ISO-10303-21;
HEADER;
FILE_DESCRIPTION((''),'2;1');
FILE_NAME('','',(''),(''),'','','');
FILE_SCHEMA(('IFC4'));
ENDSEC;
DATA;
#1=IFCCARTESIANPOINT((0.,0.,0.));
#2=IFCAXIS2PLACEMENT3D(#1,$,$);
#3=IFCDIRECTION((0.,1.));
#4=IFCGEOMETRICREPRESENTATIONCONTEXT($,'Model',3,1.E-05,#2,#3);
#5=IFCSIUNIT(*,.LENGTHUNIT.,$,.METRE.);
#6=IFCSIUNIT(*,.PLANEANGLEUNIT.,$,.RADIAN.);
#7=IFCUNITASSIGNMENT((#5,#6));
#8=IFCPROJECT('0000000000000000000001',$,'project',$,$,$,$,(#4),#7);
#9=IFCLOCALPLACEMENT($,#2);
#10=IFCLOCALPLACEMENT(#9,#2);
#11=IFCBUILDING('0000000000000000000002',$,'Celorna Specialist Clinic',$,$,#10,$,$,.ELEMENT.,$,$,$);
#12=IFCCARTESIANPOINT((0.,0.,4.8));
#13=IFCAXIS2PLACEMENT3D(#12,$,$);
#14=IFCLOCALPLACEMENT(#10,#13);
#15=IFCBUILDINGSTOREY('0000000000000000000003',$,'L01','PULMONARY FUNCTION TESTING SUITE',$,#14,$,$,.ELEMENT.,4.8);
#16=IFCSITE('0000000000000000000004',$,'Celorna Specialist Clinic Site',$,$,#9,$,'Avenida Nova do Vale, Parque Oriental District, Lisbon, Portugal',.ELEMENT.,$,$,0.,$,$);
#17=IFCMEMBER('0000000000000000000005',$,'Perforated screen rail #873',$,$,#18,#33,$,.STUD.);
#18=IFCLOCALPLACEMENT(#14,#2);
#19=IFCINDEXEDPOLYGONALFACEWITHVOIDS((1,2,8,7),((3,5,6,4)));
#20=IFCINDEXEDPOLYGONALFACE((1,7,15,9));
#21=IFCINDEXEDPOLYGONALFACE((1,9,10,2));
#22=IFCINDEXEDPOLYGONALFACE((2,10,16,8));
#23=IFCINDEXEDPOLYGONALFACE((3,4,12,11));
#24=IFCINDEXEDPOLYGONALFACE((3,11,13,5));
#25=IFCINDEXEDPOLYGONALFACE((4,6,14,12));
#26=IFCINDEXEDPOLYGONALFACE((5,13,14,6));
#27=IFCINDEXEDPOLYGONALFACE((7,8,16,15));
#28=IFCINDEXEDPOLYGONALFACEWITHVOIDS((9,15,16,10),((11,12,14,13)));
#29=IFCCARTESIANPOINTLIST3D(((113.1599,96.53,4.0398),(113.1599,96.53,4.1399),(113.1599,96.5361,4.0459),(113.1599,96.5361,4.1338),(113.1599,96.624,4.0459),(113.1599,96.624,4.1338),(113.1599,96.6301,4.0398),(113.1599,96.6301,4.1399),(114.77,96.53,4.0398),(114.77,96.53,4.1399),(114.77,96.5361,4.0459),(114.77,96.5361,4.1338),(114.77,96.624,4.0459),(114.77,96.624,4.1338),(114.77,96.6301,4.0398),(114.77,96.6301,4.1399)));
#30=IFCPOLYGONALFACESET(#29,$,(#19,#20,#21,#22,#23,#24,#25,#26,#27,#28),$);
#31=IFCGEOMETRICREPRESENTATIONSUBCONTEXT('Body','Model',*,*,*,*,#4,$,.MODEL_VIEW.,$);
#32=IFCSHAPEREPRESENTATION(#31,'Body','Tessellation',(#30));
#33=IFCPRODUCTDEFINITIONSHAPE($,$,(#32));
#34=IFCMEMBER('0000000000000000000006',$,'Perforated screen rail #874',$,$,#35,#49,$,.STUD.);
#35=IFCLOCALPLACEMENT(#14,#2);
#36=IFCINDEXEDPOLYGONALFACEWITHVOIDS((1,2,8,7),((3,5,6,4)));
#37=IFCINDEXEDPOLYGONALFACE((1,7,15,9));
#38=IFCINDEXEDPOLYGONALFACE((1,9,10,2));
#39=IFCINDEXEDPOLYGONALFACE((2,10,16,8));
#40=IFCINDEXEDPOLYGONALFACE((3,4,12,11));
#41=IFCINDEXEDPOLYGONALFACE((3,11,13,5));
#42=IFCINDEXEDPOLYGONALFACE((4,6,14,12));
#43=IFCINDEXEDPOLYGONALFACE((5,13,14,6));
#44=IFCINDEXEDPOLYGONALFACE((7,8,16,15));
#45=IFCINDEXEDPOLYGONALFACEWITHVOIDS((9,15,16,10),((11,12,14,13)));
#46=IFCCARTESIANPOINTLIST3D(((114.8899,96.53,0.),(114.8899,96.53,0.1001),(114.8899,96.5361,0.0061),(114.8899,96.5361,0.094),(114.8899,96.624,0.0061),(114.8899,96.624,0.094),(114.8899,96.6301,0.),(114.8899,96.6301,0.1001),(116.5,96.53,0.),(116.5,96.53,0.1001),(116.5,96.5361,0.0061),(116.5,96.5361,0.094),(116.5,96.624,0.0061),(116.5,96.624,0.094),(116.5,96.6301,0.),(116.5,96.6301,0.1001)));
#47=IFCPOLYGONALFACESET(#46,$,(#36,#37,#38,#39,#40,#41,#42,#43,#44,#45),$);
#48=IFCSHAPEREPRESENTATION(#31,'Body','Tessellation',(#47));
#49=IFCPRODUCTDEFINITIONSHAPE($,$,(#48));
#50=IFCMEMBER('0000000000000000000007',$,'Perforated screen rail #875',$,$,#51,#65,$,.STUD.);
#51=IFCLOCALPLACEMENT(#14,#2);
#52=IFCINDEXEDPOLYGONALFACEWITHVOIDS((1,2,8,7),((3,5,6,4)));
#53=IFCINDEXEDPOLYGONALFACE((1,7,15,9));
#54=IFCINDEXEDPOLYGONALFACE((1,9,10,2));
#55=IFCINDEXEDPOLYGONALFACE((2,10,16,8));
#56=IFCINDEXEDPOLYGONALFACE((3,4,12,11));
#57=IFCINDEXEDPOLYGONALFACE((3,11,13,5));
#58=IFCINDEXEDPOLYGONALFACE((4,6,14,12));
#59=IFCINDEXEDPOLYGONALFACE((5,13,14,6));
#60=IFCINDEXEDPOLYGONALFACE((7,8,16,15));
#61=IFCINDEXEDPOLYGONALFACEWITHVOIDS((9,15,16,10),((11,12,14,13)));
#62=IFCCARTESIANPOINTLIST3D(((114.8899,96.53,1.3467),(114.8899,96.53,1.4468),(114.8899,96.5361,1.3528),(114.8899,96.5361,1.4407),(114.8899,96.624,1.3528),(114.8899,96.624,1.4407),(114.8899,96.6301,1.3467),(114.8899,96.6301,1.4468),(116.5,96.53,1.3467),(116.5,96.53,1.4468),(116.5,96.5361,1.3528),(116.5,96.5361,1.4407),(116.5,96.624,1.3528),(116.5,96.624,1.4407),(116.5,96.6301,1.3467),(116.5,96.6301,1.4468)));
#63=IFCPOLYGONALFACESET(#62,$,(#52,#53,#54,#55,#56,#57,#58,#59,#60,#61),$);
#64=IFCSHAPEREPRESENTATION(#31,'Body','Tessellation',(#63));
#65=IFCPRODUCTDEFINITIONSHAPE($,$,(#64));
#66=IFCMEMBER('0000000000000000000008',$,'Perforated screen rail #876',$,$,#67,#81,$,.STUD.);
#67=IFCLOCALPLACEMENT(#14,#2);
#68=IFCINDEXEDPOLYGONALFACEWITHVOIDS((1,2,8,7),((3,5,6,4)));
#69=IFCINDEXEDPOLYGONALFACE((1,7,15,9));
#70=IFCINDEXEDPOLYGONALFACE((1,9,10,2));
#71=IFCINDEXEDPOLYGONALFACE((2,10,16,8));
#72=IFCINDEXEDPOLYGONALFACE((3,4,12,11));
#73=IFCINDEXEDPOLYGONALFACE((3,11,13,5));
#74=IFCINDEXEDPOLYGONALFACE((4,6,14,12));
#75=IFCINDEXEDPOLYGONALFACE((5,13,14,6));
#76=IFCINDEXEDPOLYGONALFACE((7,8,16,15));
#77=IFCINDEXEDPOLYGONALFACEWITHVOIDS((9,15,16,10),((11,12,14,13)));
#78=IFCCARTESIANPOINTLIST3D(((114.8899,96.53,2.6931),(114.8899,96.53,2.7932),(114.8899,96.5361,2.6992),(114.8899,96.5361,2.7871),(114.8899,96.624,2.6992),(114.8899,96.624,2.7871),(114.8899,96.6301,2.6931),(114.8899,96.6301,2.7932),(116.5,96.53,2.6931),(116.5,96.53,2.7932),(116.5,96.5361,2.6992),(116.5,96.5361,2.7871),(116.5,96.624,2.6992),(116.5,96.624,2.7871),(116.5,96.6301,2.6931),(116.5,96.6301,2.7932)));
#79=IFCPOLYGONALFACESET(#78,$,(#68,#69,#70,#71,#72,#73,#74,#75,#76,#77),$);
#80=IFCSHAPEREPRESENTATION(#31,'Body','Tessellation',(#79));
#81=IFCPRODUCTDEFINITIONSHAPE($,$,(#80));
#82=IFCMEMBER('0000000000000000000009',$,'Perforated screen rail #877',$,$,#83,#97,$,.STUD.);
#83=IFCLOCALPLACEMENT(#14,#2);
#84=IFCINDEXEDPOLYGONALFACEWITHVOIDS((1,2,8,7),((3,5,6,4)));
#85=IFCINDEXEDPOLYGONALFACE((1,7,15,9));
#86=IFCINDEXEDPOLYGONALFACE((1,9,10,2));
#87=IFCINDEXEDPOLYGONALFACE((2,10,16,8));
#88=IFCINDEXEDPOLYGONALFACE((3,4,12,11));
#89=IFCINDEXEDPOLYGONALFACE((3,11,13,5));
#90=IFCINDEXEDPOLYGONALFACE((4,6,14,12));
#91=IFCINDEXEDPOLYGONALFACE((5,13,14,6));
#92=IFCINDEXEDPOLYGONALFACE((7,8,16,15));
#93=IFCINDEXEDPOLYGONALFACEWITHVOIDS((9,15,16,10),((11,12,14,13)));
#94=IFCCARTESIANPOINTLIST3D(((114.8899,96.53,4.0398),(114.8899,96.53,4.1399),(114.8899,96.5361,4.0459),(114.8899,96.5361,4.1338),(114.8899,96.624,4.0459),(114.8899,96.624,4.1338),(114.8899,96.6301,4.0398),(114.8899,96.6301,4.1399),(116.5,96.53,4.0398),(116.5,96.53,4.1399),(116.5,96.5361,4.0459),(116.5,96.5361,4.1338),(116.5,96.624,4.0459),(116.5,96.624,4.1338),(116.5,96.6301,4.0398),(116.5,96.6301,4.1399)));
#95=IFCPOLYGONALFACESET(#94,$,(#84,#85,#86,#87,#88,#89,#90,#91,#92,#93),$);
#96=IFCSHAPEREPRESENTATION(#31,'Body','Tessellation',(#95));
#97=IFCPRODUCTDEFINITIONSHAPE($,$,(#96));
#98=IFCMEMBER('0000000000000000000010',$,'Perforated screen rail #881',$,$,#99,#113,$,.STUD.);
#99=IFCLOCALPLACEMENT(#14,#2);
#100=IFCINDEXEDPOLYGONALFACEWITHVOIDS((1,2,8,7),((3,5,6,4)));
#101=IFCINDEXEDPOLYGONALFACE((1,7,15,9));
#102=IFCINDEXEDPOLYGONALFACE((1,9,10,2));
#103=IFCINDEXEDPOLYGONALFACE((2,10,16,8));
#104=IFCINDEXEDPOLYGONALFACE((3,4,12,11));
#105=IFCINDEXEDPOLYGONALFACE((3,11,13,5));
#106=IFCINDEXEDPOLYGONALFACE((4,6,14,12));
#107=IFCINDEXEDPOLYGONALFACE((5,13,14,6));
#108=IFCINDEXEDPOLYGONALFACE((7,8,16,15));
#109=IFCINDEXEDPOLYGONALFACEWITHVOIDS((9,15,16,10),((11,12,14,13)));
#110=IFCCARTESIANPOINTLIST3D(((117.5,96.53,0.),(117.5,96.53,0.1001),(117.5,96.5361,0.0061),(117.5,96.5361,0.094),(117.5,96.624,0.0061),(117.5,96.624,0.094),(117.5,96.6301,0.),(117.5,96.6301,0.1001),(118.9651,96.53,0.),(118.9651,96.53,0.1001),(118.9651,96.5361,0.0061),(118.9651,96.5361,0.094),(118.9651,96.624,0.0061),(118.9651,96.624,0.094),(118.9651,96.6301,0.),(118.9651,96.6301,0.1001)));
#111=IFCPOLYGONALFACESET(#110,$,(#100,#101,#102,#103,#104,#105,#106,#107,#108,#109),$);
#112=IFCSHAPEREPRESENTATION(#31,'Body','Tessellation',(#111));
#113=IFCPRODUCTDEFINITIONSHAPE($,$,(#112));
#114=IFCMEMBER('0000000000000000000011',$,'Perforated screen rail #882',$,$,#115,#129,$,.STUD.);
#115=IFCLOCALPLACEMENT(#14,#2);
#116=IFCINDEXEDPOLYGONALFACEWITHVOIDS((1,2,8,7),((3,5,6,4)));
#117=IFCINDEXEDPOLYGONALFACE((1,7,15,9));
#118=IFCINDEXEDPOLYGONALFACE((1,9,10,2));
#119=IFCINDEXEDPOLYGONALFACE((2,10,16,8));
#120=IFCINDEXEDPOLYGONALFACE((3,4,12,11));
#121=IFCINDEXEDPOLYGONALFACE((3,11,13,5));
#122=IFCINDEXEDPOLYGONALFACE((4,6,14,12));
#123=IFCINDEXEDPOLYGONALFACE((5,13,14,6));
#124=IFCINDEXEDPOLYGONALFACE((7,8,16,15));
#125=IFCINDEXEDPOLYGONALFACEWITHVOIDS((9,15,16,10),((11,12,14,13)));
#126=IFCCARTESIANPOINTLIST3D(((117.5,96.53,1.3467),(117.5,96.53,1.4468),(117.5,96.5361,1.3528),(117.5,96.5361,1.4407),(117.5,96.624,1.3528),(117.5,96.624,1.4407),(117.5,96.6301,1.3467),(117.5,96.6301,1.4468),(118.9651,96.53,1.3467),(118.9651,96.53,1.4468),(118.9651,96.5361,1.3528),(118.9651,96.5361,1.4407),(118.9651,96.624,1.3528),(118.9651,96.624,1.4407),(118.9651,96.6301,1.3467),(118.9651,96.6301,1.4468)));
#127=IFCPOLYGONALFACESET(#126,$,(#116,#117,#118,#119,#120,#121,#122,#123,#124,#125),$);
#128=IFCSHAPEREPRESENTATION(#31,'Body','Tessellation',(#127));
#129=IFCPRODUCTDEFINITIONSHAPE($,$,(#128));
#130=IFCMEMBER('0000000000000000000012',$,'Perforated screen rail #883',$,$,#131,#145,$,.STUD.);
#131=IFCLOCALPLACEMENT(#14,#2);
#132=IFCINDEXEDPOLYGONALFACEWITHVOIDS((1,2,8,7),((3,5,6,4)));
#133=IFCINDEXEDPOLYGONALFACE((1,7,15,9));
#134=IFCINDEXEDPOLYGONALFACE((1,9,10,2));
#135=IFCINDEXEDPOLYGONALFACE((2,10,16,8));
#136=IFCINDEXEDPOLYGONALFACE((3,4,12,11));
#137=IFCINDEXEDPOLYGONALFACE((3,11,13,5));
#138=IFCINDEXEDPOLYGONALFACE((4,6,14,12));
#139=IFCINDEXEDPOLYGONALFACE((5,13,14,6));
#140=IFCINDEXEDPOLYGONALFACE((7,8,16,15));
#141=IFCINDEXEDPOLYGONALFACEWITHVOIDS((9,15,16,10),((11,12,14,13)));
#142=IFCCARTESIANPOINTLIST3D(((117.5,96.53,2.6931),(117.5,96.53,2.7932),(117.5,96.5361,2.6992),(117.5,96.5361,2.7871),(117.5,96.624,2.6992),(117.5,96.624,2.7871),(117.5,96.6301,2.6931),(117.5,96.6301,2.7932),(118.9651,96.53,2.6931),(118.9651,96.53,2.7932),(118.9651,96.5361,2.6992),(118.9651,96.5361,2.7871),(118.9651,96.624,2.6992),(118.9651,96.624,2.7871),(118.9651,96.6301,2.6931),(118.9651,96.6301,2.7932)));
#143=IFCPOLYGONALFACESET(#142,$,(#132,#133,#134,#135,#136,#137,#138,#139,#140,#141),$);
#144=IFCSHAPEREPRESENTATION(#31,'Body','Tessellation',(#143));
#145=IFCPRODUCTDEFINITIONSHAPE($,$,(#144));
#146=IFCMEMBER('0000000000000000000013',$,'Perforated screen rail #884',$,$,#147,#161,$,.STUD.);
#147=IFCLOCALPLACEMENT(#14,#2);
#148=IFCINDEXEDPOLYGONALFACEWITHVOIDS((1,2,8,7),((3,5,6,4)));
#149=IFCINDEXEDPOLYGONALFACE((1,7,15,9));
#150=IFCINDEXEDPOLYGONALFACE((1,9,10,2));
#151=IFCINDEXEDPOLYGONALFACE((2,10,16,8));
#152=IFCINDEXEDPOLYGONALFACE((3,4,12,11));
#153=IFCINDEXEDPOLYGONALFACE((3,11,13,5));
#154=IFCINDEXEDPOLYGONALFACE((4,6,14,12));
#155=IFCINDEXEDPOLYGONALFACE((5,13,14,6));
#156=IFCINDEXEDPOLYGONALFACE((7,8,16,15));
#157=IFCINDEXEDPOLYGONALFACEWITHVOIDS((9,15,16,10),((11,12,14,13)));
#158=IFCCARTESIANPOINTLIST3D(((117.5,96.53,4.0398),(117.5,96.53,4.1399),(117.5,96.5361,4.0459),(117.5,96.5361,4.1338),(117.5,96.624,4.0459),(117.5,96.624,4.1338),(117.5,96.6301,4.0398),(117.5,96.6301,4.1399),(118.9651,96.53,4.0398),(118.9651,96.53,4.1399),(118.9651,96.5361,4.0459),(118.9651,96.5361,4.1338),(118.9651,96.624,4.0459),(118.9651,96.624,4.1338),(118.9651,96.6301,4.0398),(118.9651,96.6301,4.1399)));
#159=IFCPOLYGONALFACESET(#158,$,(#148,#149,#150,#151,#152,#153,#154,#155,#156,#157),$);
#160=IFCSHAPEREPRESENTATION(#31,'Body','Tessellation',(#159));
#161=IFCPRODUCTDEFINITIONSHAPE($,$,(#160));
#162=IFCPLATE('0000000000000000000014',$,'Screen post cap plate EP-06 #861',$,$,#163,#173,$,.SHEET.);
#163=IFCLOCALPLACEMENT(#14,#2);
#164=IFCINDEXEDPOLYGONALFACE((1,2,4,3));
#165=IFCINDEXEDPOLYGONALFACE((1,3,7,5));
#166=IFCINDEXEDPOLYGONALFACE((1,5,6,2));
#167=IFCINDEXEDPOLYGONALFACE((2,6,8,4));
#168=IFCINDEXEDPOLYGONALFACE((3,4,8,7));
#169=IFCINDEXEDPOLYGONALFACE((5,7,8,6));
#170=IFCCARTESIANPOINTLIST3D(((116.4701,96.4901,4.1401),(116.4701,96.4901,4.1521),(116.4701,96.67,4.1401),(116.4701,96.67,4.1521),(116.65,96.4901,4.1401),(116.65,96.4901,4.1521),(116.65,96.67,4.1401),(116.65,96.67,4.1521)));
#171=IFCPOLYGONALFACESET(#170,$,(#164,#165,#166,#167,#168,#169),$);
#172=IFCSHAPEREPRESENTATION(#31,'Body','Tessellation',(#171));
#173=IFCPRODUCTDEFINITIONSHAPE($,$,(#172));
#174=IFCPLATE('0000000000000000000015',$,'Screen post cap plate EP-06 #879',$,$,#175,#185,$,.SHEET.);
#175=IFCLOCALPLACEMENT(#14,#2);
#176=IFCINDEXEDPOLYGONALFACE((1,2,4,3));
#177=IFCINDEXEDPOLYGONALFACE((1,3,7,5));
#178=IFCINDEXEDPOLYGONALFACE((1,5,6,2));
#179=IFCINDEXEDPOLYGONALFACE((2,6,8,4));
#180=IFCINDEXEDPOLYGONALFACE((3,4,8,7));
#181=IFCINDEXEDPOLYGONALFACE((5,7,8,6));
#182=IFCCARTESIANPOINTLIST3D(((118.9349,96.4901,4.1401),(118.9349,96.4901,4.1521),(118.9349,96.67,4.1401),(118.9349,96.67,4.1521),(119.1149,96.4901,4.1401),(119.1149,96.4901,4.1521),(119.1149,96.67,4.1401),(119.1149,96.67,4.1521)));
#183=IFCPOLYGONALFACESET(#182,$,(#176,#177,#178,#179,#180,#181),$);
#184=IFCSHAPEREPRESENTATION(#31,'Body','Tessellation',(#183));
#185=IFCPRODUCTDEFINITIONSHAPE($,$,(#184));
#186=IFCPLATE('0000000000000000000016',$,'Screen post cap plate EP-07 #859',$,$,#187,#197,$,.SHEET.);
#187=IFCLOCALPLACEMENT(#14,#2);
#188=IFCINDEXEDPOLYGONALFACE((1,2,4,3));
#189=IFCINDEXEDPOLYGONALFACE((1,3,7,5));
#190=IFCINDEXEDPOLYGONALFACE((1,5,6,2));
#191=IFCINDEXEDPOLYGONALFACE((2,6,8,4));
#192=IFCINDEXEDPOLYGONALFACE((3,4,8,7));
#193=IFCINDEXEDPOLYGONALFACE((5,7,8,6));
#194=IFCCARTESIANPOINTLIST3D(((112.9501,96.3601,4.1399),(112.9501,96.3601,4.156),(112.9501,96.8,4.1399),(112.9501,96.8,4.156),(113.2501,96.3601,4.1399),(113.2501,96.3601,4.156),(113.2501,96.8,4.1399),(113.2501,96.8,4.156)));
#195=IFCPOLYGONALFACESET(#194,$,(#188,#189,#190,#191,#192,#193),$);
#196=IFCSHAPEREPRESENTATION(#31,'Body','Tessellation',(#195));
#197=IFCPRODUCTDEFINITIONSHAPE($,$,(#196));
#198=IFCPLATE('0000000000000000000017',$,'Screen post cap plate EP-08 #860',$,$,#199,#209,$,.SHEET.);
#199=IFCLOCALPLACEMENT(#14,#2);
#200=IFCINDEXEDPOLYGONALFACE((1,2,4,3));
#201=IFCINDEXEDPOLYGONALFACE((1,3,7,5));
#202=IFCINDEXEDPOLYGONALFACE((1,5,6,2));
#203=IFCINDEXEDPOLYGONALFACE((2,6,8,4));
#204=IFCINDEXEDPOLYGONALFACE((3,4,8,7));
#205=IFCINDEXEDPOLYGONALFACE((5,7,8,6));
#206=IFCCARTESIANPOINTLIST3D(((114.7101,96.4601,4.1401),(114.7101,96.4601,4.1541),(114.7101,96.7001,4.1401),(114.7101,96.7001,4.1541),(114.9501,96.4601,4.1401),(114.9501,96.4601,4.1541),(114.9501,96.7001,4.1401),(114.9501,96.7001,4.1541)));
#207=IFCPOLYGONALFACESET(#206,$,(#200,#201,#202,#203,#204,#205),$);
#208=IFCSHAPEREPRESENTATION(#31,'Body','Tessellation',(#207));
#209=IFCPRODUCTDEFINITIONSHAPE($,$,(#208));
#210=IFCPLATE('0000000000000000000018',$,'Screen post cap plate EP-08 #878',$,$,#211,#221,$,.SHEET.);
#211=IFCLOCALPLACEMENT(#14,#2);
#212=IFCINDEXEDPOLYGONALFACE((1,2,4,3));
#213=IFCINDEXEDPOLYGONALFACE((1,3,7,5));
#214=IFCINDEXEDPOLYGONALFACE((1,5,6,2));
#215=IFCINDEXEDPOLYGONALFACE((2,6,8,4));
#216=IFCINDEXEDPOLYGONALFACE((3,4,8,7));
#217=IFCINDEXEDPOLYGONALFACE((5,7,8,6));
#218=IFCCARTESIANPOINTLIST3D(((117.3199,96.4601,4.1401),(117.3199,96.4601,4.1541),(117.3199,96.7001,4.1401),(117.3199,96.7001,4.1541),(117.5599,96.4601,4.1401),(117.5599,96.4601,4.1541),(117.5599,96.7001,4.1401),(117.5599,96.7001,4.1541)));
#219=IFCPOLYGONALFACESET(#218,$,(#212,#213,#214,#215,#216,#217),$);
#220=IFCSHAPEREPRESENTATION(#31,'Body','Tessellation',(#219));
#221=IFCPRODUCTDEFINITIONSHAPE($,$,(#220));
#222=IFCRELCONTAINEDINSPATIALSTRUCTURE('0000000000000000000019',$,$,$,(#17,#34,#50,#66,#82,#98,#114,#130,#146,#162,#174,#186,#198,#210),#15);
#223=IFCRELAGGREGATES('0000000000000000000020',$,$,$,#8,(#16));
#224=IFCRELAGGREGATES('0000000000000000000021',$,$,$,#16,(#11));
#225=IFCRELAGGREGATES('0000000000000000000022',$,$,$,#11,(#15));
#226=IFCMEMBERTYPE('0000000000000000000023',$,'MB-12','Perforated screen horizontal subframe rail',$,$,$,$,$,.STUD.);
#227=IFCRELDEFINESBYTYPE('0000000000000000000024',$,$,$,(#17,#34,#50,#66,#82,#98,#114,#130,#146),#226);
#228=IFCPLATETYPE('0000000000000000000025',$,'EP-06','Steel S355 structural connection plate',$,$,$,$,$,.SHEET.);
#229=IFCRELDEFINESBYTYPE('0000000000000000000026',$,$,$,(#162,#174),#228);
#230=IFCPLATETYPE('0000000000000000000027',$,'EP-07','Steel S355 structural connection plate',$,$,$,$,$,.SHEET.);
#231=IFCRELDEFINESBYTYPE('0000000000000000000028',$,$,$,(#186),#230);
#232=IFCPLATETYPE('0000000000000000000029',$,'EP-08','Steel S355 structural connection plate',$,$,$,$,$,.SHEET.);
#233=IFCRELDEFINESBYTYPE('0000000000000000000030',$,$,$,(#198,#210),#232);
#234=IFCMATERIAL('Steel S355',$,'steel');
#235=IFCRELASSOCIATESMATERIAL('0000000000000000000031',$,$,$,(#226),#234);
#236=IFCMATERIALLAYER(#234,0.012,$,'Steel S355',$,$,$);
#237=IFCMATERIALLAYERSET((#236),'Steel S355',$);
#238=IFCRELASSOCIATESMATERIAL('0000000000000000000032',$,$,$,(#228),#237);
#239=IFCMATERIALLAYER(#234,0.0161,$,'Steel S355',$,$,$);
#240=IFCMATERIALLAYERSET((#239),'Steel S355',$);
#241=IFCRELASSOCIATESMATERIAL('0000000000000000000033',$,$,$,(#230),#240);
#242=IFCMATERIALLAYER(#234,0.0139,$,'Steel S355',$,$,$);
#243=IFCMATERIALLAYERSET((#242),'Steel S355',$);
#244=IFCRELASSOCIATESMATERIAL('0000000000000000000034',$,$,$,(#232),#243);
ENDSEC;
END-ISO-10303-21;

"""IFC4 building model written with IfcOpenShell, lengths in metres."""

from ifc_helpers import new_model, si_unit, direction, frame, origin, origin_2d, place, context, subcontext, project, spatial, rectangle, hollow_rectangle, extrude, material, layer, layer_set, material_profile, profile_set, type_object, element, save


model = new_model("IFC4")

# Units and contexts
model_context = context("Model", 3, precision=1e-05, world=origin(), true_north=direction((0.0, 1.0)))
body_context = subcontext(model_context, "Body", "Model", "MODEL_VIEW")
ifc_project = project(units=[si_unit("LENGTHUNIT", "METRE"), si_unit("PLANEANGLEUNIT", "RADIAN")], contexts=[model_context])

# Site, building, storey
site_placement = place(None, origin())
site = spatial("IfcSite", under=ifc_project, at=site_placement, Name="Celorna Specialist Clinic Site", LongName="Avenida Nova do Vale, Parque Oriental District, Lisbon, Portugal", CompositionType="ELEMENT", RefElevation=0.0)
building_placement = place(site_placement, origin())
building = spatial("IfcBuilding", under=site, at=building_placement, Name="Celorna Specialist Clinic", CompositionType="ELEMENT")
storey_placement = place(building_placement, frame((0.0, 0.0, 4.8)))
storey = spatial("IfcBuildingStorey", under=building, at=storey_placement, Name="L01", Description="PULMONARY FUNCTION TESTING SUITE", CompositionType="ELEMENT", Elevation=4.8)

# Shared definitions
ifc_material_1 = material(Name="Steel S355", Category="steel")

# Members
ifc_material_profile_1 = material_profile(ifc_material_1, hollow_rectangle(XDim=0.1001, YDim=0.1001, WallThickness=0.0061, at=origin_2d()), Name="SHS 100x100x6")
ifc_profile_set_1 = profile_set([ifc_material_profile_1], Name="Steel S355")
member_type_1 = type_object("IfcMemberType", Name="MB-12", Description="Perforated screen horizontal subframe rail", PredefinedType="STUD", material=ifc_profile_set_1)
for number, where, z_axis, x_axis, name in (
    (1, (113.1599, 96.5801, 4.0898), (1.0, 0.0, 0.0), (0.0, 1.0, 0.0), "Perforated screen rail #873"),
    (2, (114.8899, 96.5801, 0.05), (1.0, 0.0, 0.0), (0.0, 1.0, 0.0), "Perforated screen rail #874"),
    (3, (114.8899, 96.5801, 1.3967), (1.0, 0.0, 0.0), (0.0, 1.0, 0.0), "Perforated screen rail #875"),
    (4, (114.8899, 96.5801, 2.7432), (1.0, 0.0, 0.0), (0.0, 1.0, 0.0), "Perforated screen rail #876"),
    (5, (114.8899, 96.5801, 4.0898), (1.0, 0.0, 0.0), (0.0, 1.0, 0.0), "Perforated screen rail #877"),
):
    element("IfcMember", number, at=place(storey_placement, frame(where, z_axis=z_axis, x_axis=x_axis)), inside=storey, type_object=member_type_1, Name=name, PredefinedType="STUD", context=body_context, shape_type="SweptSolid", body=[
        extrude(hollow_rectangle(XDim=0.1001, YDim=0.1001, WallThickness=0.0061, at=origin_2d()), origin(), (0.0, 0.0, 1.0), 1.6101),
    ])
for number, where, z_axis, x_axis, name in (
    (6, (117.5, 96.5801, 0.05), (1.0, 0.0, 0.0), (0.0, 1.0, 0.0), "Perforated screen rail #881"),
    (7, (117.5, 96.5801, 1.3967), (1.0, 0.0, 0.0), (0.0, 1.0, 0.0), "Perforated screen rail #882"),
    (8, (117.5, 96.5801, 2.7432), (1.0, 0.0, 0.0), (0.0, 1.0, 0.0), "Perforated screen rail #883"),
    (9, (117.5, 96.5801, 4.0898), (1.0, 0.0, 0.0), (0.0, 1.0, 0.0), "Perforated screen rail #884"),
):
    element("IfcMember", number, at=place(storey_placement, frame(where, z_axis=z_axis, x_axis=x_axis)), inside=storey, type_object=member_type_1, Name=name, PredefinedType="STUD", context=body_context, shape_type="SweptSolid", body=[
        extrude(hollow_rectangle(XDim=0.1001, YDim=0.1001, WallThickness=0.0061, at=origin_2d()), origin(), (0.0, 0.0, 1.0), 1.4651),
    ])

# Plates
ifc_layer_1 = layer(ifc_material_1, 0.012, Name="Steel S355")
ifc_layer_set_1 = layer_set([ifc_layer_1], Name="Steel S355")
plate_type_1 = type_object("IfcPlateType", Name="EP-06", Description="Steel S355 structural connection plate", PredefinedType="SHEET", material=ifc_layer_set_1)
for number, where, z_axis, x_axis, name in (
    (10, (116.5601, 96.5801, 4.1401), (0.0, 0.0, 1.0), (1.0, 0.0, 0.0), "Screen post cap plate EP-06 #861"),
    (11, (119.0249, 96.5801, 4.1401), (0.0, 0.0, 1.0), (1.0, 0.0, 0.0), "Screen post cap plate EP-06 #879"),
):
    element("IfcPlate", number, at=place(storey_placement, frame(where, z_axis=z_axis, x_axis=x_axis)), inside=storey, type_object=plate_type_1, Name=name, PredefinedType="SHEET", context=body_context, shape_type="SweptSolid", body=[
        extrude(rectangle(XDim=0.1799, YDim=0.1799, at=origin_2d()), origin(), (0.0, 0.0, 1.0), 0.012),
    ])
ifc_layer_2 = layer(ifc_material_1, 0.0161, Name="Steel S355")
ifc_layer_set_2 = layer_set([ifc_layer_2], Name="Steel S355")
plate_type_2 = type_object("IfcPlateType", Name="EP-07", Description="Steel S355 structural connection plate", PredefinedType="SHEET", material=ifc_layer_set_2)
plate_placement = place(storey_placement, frame((113.1001, 96.5801, 4.1399), z_axis=(0.0, 0.0, 1.0), x_axis=(1.0, 0.0, 0.0)))
element("IfcPlate", 12, at=plate_placement, inside=storey, type_object=plate_type_2, Name="Screen post cap plate EP-07 #859", PredefinedType="SHEET", context=body_context, shape_type="SweptSolid", body=[
    extrude(rectangle(XDim=0.3, YDim=0.4399, at=origin_2d()), origin(), (0.0, 0.0, 1.0), 0.0161),
])
ifc_layer_3 = layer(ifc_material_1, 0.0139, Name="Steel S355")
ifc_layer_set_3 = layer_set([ifc_layer_3], Name="Steel S355")
plate_type_3 = type_object("IfcPlateType", Name="EP-08", Description="Steel S355 structural connection plate", PredefinedType="SHEET", material=ifc_layer_set_3)
for number, where, z_axis, x_axis, name in (
    (13, (114.8301, 96.5801, 4.1401), (0.0, 0.0, 1.0), (1.0, 0.0, 0.0), "Screen post cap plate EP-08 #860"),
    (14, (117.4399, 96.5801, 4.1401), (0.0, 0.0, 1.0), (1.0, 0.0, 0.0), "Screen post cap plate EP-08 #878"),
):
    element("IfcPlate", number, at=place(storey_placement, frame(where, z_axis=z_axis, x_axis=x_axis)), inside=storey, type_object=plate_type_3, Name=name, PredefinedType="SHEET", context=body_context, shape_type="SweptSolid", body=[
        extrude(rectangle(XDim=0.24, YDim=0.24, at=origin_2d()), origin(), (0.0, 0.0, 1.0), 0.0139),
    ])

save(model, "model.ifc")
